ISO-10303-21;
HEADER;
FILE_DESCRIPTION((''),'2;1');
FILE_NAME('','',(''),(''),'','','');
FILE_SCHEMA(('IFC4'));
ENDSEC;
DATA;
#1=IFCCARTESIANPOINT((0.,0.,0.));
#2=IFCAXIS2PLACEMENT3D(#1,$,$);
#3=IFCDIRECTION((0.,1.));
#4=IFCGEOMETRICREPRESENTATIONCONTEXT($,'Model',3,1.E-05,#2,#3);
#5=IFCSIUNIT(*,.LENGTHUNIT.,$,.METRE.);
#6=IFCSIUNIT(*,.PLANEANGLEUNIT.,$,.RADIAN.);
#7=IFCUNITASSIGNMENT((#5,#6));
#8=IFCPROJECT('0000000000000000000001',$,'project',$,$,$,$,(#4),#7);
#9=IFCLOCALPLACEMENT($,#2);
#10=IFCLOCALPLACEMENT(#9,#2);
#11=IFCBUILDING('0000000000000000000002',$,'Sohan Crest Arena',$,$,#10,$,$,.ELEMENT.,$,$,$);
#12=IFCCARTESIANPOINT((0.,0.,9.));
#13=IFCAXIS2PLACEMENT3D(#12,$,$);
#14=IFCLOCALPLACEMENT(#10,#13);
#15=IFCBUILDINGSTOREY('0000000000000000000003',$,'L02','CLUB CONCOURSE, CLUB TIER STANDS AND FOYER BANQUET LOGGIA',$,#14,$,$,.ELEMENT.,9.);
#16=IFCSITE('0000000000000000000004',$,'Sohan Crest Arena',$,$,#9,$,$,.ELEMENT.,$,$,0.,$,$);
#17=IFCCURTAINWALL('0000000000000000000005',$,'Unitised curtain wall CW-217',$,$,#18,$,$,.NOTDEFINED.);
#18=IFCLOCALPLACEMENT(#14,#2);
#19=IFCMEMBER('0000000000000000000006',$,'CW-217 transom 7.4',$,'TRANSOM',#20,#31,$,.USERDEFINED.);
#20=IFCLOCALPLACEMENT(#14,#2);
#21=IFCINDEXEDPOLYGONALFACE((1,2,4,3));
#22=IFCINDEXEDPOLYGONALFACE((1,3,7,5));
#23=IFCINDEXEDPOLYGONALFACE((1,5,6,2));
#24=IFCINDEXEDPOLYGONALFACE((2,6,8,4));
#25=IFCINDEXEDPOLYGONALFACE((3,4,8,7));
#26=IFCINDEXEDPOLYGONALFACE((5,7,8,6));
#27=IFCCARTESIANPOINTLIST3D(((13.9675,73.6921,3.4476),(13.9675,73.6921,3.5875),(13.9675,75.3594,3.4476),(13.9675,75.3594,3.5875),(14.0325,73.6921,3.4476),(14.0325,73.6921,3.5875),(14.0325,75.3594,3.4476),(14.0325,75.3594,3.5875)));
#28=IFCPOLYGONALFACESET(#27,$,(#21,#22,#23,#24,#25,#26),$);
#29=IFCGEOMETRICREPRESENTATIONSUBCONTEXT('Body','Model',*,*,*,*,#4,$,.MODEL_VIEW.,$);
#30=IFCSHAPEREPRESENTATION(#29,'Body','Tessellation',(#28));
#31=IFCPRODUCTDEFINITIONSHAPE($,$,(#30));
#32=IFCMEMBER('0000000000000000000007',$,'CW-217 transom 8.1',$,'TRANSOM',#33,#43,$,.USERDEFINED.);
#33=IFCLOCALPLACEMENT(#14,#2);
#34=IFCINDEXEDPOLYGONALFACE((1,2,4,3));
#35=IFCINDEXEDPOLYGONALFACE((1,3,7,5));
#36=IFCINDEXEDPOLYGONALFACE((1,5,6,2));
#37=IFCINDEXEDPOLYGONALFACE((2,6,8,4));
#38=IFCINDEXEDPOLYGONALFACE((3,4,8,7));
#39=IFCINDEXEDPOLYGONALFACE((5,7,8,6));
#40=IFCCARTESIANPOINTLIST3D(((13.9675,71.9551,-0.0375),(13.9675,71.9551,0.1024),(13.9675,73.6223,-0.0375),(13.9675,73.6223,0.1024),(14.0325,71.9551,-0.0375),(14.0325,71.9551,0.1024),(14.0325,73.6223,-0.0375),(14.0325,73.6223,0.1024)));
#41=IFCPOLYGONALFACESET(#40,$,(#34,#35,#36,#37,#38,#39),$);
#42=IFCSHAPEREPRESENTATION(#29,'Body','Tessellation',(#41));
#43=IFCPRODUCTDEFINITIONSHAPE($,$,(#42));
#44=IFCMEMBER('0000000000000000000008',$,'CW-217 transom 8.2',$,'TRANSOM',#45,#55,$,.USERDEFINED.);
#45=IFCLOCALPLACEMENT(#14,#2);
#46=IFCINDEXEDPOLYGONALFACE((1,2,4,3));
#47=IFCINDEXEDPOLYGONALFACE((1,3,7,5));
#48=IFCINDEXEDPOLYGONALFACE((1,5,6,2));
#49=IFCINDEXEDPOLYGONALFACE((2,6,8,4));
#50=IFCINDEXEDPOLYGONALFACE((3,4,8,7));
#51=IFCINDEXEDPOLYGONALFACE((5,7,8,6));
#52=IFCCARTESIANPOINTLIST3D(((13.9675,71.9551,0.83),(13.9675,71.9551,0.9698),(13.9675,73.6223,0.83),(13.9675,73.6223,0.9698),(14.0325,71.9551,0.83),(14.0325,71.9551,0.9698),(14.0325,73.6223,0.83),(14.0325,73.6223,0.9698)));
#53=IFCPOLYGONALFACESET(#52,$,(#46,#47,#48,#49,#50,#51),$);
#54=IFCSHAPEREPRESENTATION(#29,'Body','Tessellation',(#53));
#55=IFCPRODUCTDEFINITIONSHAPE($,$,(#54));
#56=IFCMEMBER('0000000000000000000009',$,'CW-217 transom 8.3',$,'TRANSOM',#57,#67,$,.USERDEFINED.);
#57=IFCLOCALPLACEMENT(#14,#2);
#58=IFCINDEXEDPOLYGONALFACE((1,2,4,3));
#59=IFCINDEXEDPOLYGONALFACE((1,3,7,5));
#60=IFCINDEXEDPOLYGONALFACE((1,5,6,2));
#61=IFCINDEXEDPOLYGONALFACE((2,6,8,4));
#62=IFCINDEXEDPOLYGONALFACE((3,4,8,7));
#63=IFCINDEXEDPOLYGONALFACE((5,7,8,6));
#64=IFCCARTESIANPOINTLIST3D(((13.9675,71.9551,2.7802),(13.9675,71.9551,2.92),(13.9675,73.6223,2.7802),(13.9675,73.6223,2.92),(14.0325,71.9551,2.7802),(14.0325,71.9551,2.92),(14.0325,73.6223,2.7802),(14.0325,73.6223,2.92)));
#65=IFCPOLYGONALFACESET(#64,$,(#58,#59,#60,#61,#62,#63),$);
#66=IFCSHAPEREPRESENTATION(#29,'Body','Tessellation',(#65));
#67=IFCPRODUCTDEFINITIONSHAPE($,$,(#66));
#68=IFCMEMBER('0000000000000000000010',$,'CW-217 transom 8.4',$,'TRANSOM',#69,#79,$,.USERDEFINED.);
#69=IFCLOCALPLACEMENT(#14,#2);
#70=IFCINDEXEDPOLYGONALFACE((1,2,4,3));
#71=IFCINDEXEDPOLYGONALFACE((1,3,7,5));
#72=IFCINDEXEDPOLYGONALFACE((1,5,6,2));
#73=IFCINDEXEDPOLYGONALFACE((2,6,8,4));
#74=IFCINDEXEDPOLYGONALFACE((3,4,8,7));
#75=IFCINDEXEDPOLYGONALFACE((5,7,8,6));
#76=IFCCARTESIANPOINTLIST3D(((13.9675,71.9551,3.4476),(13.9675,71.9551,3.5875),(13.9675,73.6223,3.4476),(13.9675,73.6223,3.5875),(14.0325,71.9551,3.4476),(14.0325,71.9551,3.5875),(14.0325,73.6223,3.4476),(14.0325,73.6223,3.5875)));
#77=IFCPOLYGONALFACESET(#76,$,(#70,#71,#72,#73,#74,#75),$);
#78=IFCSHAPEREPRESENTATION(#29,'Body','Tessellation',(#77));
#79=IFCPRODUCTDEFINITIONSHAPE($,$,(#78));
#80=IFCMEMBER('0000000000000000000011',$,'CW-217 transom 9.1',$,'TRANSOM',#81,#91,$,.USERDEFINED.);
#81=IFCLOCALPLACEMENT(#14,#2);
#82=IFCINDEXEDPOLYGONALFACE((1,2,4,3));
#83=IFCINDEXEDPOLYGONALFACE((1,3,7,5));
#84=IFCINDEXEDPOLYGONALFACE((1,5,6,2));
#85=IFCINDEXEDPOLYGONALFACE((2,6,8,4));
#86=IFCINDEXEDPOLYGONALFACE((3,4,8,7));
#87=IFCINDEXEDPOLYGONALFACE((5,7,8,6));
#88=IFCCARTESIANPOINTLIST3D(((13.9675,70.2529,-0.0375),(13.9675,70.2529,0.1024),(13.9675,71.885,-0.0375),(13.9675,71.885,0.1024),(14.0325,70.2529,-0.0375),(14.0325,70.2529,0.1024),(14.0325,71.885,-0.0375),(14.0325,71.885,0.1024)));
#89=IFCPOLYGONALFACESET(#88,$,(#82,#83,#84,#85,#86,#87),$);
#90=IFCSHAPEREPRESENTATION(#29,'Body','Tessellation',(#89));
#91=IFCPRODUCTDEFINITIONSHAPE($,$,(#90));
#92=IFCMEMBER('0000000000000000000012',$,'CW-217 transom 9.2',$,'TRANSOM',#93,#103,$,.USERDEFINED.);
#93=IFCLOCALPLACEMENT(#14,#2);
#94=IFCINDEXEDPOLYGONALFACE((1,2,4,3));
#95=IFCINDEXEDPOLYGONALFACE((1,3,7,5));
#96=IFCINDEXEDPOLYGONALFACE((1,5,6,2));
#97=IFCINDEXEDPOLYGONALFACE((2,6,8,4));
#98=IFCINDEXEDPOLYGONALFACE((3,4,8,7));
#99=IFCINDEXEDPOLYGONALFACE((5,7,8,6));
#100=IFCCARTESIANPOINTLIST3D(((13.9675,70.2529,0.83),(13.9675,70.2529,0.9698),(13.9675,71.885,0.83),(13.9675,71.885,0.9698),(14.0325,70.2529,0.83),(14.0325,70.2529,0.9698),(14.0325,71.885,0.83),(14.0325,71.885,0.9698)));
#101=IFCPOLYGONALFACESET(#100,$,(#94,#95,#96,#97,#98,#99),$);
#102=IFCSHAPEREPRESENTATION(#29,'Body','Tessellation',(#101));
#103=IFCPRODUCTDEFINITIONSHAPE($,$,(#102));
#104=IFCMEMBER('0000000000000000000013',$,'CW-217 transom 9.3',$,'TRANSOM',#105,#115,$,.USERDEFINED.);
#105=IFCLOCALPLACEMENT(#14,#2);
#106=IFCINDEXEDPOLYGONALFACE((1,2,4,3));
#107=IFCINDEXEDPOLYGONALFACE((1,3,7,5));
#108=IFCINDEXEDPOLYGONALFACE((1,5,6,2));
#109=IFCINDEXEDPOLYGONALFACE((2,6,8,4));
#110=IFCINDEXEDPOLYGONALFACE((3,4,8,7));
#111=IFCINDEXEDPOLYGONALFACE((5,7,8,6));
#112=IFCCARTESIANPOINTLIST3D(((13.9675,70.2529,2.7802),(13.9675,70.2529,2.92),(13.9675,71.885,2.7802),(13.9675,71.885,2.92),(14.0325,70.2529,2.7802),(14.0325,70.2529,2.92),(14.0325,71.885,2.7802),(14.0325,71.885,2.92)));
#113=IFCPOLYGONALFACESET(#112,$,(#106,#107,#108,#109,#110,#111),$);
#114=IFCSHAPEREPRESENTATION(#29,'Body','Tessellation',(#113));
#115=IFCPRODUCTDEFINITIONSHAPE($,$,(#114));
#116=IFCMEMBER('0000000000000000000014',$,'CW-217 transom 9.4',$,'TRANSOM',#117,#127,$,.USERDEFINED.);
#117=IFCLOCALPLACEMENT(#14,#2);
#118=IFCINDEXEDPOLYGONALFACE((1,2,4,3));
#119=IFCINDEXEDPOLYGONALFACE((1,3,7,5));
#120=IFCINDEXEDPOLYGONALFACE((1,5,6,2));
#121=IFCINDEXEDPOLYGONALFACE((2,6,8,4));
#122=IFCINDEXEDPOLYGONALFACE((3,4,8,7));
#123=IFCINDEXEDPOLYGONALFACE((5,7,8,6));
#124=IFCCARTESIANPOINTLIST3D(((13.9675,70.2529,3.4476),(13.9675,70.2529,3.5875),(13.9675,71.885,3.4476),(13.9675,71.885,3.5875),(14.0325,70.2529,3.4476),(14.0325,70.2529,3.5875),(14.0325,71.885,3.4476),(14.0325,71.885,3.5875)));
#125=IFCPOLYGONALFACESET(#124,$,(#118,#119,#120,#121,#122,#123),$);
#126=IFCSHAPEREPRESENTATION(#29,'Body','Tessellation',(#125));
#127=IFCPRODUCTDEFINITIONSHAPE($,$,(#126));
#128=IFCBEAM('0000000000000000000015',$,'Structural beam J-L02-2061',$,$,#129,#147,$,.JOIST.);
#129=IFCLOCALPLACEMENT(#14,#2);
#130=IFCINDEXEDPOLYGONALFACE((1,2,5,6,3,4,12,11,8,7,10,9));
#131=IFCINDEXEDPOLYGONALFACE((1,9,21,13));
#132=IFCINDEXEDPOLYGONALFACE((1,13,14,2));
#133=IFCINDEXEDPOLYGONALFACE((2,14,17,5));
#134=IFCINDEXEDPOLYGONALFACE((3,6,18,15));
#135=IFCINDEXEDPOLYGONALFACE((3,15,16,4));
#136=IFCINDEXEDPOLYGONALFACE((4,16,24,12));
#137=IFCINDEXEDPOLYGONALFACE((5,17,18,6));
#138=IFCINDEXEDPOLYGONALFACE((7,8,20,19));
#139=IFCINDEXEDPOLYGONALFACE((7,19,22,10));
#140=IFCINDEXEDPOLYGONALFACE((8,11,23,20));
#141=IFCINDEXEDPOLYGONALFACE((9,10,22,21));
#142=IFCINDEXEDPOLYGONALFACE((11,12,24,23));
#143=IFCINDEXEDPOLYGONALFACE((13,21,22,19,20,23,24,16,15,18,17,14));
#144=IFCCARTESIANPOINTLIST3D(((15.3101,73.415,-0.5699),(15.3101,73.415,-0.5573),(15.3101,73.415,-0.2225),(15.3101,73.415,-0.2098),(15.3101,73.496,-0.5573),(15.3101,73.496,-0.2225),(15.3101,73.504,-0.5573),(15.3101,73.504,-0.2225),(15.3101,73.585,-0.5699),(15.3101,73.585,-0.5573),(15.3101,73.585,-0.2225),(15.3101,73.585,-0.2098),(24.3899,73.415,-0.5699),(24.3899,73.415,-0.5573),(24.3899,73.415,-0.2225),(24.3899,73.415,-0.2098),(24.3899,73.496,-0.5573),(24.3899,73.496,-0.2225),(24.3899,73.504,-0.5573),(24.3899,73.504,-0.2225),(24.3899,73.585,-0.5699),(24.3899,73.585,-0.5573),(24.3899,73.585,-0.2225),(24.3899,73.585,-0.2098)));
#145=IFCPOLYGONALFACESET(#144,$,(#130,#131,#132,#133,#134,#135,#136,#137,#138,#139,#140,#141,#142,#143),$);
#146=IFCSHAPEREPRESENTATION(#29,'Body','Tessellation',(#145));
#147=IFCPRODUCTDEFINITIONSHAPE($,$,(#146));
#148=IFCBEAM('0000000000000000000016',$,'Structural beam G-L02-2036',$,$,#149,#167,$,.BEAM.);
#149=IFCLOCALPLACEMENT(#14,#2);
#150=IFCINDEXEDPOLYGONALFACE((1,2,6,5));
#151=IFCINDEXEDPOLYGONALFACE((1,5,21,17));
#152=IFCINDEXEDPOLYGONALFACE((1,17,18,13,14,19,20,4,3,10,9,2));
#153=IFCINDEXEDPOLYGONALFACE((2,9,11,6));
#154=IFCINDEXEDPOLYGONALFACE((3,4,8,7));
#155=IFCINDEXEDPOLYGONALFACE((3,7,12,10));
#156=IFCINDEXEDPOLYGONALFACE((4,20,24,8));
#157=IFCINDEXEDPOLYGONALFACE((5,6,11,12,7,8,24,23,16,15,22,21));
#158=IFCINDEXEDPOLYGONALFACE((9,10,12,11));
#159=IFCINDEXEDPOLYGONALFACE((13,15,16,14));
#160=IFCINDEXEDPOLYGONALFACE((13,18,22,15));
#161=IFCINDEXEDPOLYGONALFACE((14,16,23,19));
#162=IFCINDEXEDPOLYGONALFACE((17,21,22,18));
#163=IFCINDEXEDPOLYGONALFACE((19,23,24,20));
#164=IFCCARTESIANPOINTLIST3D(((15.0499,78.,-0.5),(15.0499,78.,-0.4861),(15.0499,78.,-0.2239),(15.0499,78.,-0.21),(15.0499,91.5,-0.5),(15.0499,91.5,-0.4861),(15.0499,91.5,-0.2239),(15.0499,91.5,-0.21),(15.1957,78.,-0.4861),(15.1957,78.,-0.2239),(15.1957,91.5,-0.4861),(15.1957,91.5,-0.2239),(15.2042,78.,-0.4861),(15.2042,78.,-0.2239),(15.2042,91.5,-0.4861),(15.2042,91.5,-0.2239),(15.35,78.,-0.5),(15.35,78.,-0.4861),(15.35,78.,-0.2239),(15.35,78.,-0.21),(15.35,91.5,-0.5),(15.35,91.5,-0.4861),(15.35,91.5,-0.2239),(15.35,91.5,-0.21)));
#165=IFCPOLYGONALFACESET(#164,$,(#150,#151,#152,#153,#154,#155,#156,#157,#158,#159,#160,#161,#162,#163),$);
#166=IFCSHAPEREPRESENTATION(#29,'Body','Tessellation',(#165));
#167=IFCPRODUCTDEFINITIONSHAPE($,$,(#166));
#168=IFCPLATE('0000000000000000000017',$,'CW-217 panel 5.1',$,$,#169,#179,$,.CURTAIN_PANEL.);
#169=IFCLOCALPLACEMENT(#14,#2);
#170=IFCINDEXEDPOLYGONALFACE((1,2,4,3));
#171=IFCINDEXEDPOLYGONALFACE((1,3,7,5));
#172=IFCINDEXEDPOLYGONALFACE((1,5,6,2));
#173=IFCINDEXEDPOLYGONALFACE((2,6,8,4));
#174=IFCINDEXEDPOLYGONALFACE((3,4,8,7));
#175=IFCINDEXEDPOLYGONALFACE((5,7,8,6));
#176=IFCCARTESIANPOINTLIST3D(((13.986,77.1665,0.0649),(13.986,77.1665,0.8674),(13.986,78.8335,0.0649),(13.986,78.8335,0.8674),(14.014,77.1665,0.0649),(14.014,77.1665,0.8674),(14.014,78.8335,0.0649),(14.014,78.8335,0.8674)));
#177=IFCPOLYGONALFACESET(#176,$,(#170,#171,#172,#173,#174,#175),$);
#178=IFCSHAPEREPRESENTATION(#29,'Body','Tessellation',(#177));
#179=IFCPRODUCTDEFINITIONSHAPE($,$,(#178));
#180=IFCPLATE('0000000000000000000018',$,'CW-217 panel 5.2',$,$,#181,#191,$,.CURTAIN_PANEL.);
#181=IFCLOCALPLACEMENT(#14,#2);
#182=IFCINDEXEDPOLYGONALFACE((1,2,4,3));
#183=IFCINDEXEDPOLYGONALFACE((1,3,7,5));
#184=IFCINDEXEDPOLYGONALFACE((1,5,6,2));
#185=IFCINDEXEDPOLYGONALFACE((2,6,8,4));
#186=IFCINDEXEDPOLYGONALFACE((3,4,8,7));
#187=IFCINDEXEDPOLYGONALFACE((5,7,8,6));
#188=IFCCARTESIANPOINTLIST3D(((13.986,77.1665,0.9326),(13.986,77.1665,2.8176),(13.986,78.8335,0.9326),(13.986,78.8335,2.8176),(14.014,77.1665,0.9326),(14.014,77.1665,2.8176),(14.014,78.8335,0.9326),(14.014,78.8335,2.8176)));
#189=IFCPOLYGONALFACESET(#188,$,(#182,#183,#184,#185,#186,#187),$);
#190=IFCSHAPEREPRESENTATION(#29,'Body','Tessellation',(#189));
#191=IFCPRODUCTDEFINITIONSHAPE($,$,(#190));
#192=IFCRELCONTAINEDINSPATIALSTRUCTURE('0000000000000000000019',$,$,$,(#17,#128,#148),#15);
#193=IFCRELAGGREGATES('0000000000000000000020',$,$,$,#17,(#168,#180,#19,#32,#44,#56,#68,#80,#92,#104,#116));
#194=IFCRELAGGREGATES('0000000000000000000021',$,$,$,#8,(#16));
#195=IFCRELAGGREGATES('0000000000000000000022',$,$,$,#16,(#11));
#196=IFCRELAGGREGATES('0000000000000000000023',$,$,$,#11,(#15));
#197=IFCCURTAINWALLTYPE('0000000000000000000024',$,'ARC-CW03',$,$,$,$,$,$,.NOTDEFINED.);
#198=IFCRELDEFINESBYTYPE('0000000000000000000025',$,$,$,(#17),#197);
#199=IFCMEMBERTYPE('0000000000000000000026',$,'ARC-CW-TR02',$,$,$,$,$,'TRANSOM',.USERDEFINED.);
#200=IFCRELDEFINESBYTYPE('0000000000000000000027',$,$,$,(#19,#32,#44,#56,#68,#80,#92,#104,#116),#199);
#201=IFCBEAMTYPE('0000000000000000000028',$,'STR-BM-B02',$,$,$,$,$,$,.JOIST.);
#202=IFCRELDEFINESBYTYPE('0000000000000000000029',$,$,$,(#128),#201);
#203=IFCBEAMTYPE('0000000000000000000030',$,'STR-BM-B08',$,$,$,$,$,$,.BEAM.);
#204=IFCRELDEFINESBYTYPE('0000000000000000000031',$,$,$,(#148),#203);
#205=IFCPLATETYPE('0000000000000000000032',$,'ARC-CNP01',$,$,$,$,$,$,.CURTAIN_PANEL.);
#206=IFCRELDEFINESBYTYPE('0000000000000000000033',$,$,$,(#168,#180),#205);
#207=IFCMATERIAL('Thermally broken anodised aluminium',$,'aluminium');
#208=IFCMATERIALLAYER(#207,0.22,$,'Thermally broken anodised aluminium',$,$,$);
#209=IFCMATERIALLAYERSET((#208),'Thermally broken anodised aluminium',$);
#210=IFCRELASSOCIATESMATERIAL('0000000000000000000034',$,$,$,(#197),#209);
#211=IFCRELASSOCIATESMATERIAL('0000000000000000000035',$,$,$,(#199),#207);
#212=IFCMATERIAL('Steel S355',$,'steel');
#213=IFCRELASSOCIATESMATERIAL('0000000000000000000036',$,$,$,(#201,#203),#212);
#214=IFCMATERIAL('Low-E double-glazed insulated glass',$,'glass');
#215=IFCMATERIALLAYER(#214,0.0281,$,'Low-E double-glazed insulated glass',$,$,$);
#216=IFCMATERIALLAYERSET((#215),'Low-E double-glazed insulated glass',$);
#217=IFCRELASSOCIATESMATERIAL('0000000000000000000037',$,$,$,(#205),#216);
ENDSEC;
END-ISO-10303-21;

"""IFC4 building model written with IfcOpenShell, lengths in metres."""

from ifc_helpers import new_model, si_unit, direction, frame, origin, origin_2d, place, context, subcontext, project, spatial, rectangle, i_section, extrude, material, layer, layer_set, material_profile, profile_set, type_object, element, aggregate, save


model = new_model("IFC4")

# Units and contexts
model_context = context("Model", 3, precision=1e-05, world=origin(), true_north=direction((0.0, 1.0)))
body_context = subcontext(model_context, "Body", "Model", "MODEL_VIEW")
ifc_project = project(units=[si_unit("LENGTHUNIT", "METRE"), si_unit("PLANEANGLEUNIT", "RADIAN")], contexts=[model_context])

# Site, building, storey
site_placement = place(None, origin())
site = spatial("IfcSite", under=ifc_project, at=site_placement, Name="Sohan Crest Arena", CompositionType="ELEMENT", RefElevation=0.0)
building_placement = place(site_placement, origin())
building = spatial("IfcBuilding", under=site, at=building_placement, Name="Sohan Crest Arena", CompositionType="ELEMENT")
storey_placement = place(building_placement, frame((0.0, 0.0, 9.0)))
storey = spatial("IfcBuildingStorey", under=building, at=storey_placement, Name="L02", Description="CLUB CONCOURSE, CLUB TIER STANDS AND FOYER BANQUET LOGGIA", CompositionType="ELEMENT", Elevation=9.0)

# Curtain wall, members
ifc_material_1 = material(Name="Thermally broken anodised aluminium", Category="aluminium")
ifc_layer_1 = layer(ifc_material_1, 0.22, Name="Thermally broken anodised aluminium")
ifc_layer_set_1 = layer_set([ifc_layer_1], Name="Thermally broken anodised aluminium")
curtain_wall_type = type_object("IfcCurtainWallType", Name="ARC-CW03", PredefinedType="NOTDEFINED", material=ifc_layer_set_1)
curtain_wall_placement = place(storey_placement, origin())
curtain_wall = element("IfcCurtainWall", 1, at=curtain_wall_placement, inside=storey, type_object=curtain_wall_type, Name="Unitised curtain wall CW-217", PredefinedType="NOTDEFINED")
ifc_material_profile_1 = material_profile(ifc_material_1, rectangle(XDim=0.0649, YDim=0.1399, at=origin_2d()), Name="ALU-TRAN 65x140")
ifc_profile_set_1 = profile_set([ifc_material_profile_1], Name="Thermally broken anodised aluminium")
member_type_1 = type_object("IfcMemberType", Name="ARC-CW-TR02", ElementType="TRANSOM", PredefinedType="USERDEFINED", material=ifc_profile_set_1)
member_1_placement = place(storey_placement, frame((14.0, 75.3594, 3.5176), z_axis=(0.0, -1.0, 0.0), x_axis=(1.0, 0.0, 0.0)))
member_1 = element("IfcMember", 2, at=member_1_placement, type_object=member_type_1, Name="CW-217 transom 7.4", ObjectType="TRANSOM", PredefinedType="USERDEFINED", context=body_context, shape_type="SweptSolid", body=[
    extrude(rectangle(XDim=0.0649, YDim=0.1399, at=origin_2d()), origin(), (0.0, 0.0, 1.0), 1.6672),
])
member_2_placement = place(storey_placement, frame((14.0, 73.6223, 0.0325), z_axis=(0.0, -1.0, 0.0), x_axis=(1.0, 0.0, 0.0)))
member_2 = element("IfcMember", 3, at=member_2_placement, type_object=member_type_1, Name="CW-217 transom 8.1", ObjectType="TRANSOM", PredefinedType="USERDEFINED", context=body_context, shape_type="SweptSolid", body=[
    extrude(rectangle(XDim=0.0649, YDim=0.1399, at=origin_2d()), origin(), (0.0, 0.0, 1.0), 1.6672),
])
member_3_placement = place(storey_placement, frame((14.0, 73.6223, 0.8999), z_axis=(0.0, -1.0, 0.0), x_axis=(1.0, 0.0, 0.0)))
member_3 = element("IfcMember", 4, at=member_3_placement, type_object=member_type_1, Name="CW-217 transom 8.2", ObjectType="TRANSOM", PredefinedType="USERDEFINED", context=body_context, shape_type="SweptSolid", body=[
    extrude(rectangle(XDim=0.0649, YDim=0.1399, at=origin_2d()), origin(), (0.0, 0.0, 1.0), 1.6672),
])
member_4_placement = place(storey_placement, frame((14.0, 73.6223, 2.8501), z_axis=(0.0, -1.0, 0.0), x_axis=(1.0, 0.0, 0.0)))
member_4 = element("IfcMember", 5, at=member_4_placement, type_object=member_type_1, Name="CW-217 transom 8.3", ObjectType="TRANSOM", PredefinedType="USERDEFINED", context=body_context, shape_type="SweptSolid", body=[
    extrude(rectangle(XDim=0.0649, YDim=0.1399, at=origin_2d()), origin(), (0.0, 0.0, 1.0), 1.6672),
])
member_5_placement = place(storey_placement, frame((14.0, 73.6223, 3.5176), z_axis=(0.0, -1.0, 0.0), x_axis=(1.0, 0.0, 0.0)))
member_5 = element("IfcMember", 6, at=member_5_placement, type_object=member_type_1, Name="CW-217 transom 8.4", ObjectType="TRANSOM", PredefinedType="USERDEFINED", context=body_context, shape_type="SweptSolid", body=[
    extrude(rectangle(XDim=0.0649, YDim=0.1399, at=origin_2d()), origin(), (0.0, 0.0, 1.0), 1.6672),
])
member_6_placement = place(storey_placement, frame((14.0, 71.885, 0.0325), z_axis=(0.0, -1.0, 0.0), x_axis=(1.0, 0.0, 0.0)))
member_6 = element("IfcMember", 7, at=member_6_placement, type_object=member_type_1, Name="CW-217 transom 9.1", ObjectType="TRANSOM", PredefinedType="USERDEFINED", context=body_context, shape_type="SweptSolid", body=[
    extrude(rectangle(XDim=0.0649, YDim=0.1399, at=origin_2d()), origin(), (0.0, 0.0, 1.0), 1.6321),
])
member_7_placement = place(storey_placement, frame((14.0, 71.885, 0.8999), z_axis=(0.0, -1.0, 0.0), x_axis=(1.0, 0.0, 0.0)))
member_7 = element("IfcMember", 8, at=member_7_placement, type_object=member_type_1, Name="CW-217 transom 9.2", ObjectType="TRANSOM", PredefinedType="USERDEFINED", context=body_context, shape_type="SweptSolid", body=[
    extrude(rectangle(XDim=0.0649, YDim=0.1399, at=origin_2d()), origin(), (0.0, 0.0, 1.0), 1.6321),
])
member_8_placement = place(storey_placement, frame((14.0, 71.885, 2.8501), z_axis=(0.0, -1.0, 0.0), x_axis=(1.0, 0.0, 0.0)))
member_8 = element("IfcMember", 9, at=member_8_placement, type_object=member_type_1, Name="CW-217 transom 9.3", ObjectType="TRANSOM", PredefinedType="USERDEFINED", context=body_context, shape_type="SweptSolid", body=[
    extrude(rectangle(XDim=0.0649, YDim=0.1399, at=origin_2d()), origin(), (0.0, 0.0, 1.0), 1.6321),
])
member_9_placement = place(storey_placement, frame((14.0, 71.885, 3.5176), z_axis=(0.0, -1.0, 0.0), x_axis=(1.0, 0.0, 0.0)))
member_9 = element("IfcMember", 10, at=member_9_placement, type_object=member_type_1, Name="CW-217 transom 9.4", ObjectType="TRANSOM", PredefinedType="USERDEFINED", context=body_context, shape_type="SweptSolid", body=[
    extrude(rectangle(XDim=0.0649, YDim=0.1399, at=origin_2d()), origin(), (0.0, 0.0, 1.0), 1.6321),
])

# Beams
ifc_material_2 = material(Name="Steel S355", Category="steel")
ifc_material_profile_2 = material_profile(ifc_material_2, i_section(OverallWidth=0.1699, OverallDepth=0.3601, WebThickness=0.0081, FlangeThickness=0.0127, at=origin_2d()), Name="IPE 360")
ifc_profile_set_2 = profile_set([ifc_material_profile_2], Name="Steel S355")
beam_type_1 = type_object("IfcBeamType", Name="STR-BM-B02", PredefinedType="JOIST", material=ifc_profile_set_2)
beam_1_placement = place(storey_placement, frame((15.3101, 73.5, -0.3899), z_axis=(1.0, 0.0, 0.0), x_axis=(0.0, 1.0, 0.0)))
element("IfcBeam", 11, at=beam_1_placement, inside=storey, type_object=beam_type_1, Name="Structural beam J-L02-2061", PredefinedType="JOIST", context=body_context, shape_type="SweptSolid", body=[
    extrude(i_section(OverallWidth=0.1699, OverallDepth=0.3601, WebThickness=0.0081, FlangeThickness=0.0127, at=origin_2d()), origin(), (0.0, 0.0, 1.0), 9.0798),
])
ifc_material_profile_3 = material_profile(ifc_material_2, i_section(OverallWidth=0.3, OverallDepth=0.29, WebThickness=0.0085, FlangeThickness=0.0139, at=origin_2d()), Name="HEA 300")
ifc_profile_set_3 = profile_set([ifc_material_profile_3], Name="Steel S355")
beam_type_2 = type_object("IfcBeamType", Name="STR-BM-B08", PredefinedType="BEAM", material=ifc_profile_set_3)
beam_2_placement = place(storey_placement, frame((15.2, 78.0, -0.355), z_axis=(0.0, 1.0, 0.0), x_axis=(-1.0, 0.0, 0.0)))
element("IfcBeam", 12, at=beam_2_placement, inside=storey, type_object=beam_type_2, Name="Structural beam G-L02-2036", PredefinedType="BEAM", context=body_context, shape_type="SweptSolid", body=[
    extrude(i_section(OverallWidth=0.3, OverallDepth=0.29, WebThickness=0.0085, FlangeThickness=0.0139, at=origin_2d()), origin(), (0.0, 0.0, 1.0), 13.5),
])

# Plates
ifc_material_3 = material(Name="Low-E double-glazed insulated glass", Category="glass")
ifc_layer_2 = layer(ifc_material_3, 0.0281, Name="Low-E double-glazed insulated glass")
ifc_layer_set_2 = layer_set([ifc_layer_2], Name="Low-E double-glazed insulated glass")
plate_type = type_object("IfcPlateType", Name="ARC-CNP01", PredefinedType="CURTAIN_PANEL", material=ifc_layer_set_2)
plate_1_placement = place(storey_placement, frame((14.0, 78.0, 0.0649), z_axis=(0.0, 0.0, 1.0), x_axis=(0.0, -1.0, 0.0)))
plate_1 = element("IfcPlate", 13, at=plate_1_placement, type_object=plate_type, Name="CW-217 panel 5.1", PredefinedType="CURTAIN_PANEL", context=body_context, shape_type="SweptSolid", body=[
    extrude(rectangle(XDim=1.667, YDim=0.0281, at=origin_2d()), origin(), (0.0, 0.0, 1.0), 0.8025),
])
plate_2_placement = place(storey_placement, frame((14.0, 78.0, 0.9326), z_axis=(0.0, 0.0, 1.0), x_axis=(0.0, -1.0, 0.0)))
plate_2 = element("IfcPlate", 14, at=plate_2_placement, type_object=plate_type, Name="CW-217 panel 5.2", PredefinedType="CURTAIN_PANEL", context=body_context, shape_type="SweptSolid", body=[
    extrude(rectangle(XDim=1.667, YDim=0.0281, at=origin_2d()), origin(), (0.0, 0.0, 1.0), 1.885),
])
aggregate(curtain_wall, [plate_1, plate_2, member_1, member_2, member_3, member_4, member_5, member_6, member_7, member_8, member_9])

save(model, "model.ifc")
